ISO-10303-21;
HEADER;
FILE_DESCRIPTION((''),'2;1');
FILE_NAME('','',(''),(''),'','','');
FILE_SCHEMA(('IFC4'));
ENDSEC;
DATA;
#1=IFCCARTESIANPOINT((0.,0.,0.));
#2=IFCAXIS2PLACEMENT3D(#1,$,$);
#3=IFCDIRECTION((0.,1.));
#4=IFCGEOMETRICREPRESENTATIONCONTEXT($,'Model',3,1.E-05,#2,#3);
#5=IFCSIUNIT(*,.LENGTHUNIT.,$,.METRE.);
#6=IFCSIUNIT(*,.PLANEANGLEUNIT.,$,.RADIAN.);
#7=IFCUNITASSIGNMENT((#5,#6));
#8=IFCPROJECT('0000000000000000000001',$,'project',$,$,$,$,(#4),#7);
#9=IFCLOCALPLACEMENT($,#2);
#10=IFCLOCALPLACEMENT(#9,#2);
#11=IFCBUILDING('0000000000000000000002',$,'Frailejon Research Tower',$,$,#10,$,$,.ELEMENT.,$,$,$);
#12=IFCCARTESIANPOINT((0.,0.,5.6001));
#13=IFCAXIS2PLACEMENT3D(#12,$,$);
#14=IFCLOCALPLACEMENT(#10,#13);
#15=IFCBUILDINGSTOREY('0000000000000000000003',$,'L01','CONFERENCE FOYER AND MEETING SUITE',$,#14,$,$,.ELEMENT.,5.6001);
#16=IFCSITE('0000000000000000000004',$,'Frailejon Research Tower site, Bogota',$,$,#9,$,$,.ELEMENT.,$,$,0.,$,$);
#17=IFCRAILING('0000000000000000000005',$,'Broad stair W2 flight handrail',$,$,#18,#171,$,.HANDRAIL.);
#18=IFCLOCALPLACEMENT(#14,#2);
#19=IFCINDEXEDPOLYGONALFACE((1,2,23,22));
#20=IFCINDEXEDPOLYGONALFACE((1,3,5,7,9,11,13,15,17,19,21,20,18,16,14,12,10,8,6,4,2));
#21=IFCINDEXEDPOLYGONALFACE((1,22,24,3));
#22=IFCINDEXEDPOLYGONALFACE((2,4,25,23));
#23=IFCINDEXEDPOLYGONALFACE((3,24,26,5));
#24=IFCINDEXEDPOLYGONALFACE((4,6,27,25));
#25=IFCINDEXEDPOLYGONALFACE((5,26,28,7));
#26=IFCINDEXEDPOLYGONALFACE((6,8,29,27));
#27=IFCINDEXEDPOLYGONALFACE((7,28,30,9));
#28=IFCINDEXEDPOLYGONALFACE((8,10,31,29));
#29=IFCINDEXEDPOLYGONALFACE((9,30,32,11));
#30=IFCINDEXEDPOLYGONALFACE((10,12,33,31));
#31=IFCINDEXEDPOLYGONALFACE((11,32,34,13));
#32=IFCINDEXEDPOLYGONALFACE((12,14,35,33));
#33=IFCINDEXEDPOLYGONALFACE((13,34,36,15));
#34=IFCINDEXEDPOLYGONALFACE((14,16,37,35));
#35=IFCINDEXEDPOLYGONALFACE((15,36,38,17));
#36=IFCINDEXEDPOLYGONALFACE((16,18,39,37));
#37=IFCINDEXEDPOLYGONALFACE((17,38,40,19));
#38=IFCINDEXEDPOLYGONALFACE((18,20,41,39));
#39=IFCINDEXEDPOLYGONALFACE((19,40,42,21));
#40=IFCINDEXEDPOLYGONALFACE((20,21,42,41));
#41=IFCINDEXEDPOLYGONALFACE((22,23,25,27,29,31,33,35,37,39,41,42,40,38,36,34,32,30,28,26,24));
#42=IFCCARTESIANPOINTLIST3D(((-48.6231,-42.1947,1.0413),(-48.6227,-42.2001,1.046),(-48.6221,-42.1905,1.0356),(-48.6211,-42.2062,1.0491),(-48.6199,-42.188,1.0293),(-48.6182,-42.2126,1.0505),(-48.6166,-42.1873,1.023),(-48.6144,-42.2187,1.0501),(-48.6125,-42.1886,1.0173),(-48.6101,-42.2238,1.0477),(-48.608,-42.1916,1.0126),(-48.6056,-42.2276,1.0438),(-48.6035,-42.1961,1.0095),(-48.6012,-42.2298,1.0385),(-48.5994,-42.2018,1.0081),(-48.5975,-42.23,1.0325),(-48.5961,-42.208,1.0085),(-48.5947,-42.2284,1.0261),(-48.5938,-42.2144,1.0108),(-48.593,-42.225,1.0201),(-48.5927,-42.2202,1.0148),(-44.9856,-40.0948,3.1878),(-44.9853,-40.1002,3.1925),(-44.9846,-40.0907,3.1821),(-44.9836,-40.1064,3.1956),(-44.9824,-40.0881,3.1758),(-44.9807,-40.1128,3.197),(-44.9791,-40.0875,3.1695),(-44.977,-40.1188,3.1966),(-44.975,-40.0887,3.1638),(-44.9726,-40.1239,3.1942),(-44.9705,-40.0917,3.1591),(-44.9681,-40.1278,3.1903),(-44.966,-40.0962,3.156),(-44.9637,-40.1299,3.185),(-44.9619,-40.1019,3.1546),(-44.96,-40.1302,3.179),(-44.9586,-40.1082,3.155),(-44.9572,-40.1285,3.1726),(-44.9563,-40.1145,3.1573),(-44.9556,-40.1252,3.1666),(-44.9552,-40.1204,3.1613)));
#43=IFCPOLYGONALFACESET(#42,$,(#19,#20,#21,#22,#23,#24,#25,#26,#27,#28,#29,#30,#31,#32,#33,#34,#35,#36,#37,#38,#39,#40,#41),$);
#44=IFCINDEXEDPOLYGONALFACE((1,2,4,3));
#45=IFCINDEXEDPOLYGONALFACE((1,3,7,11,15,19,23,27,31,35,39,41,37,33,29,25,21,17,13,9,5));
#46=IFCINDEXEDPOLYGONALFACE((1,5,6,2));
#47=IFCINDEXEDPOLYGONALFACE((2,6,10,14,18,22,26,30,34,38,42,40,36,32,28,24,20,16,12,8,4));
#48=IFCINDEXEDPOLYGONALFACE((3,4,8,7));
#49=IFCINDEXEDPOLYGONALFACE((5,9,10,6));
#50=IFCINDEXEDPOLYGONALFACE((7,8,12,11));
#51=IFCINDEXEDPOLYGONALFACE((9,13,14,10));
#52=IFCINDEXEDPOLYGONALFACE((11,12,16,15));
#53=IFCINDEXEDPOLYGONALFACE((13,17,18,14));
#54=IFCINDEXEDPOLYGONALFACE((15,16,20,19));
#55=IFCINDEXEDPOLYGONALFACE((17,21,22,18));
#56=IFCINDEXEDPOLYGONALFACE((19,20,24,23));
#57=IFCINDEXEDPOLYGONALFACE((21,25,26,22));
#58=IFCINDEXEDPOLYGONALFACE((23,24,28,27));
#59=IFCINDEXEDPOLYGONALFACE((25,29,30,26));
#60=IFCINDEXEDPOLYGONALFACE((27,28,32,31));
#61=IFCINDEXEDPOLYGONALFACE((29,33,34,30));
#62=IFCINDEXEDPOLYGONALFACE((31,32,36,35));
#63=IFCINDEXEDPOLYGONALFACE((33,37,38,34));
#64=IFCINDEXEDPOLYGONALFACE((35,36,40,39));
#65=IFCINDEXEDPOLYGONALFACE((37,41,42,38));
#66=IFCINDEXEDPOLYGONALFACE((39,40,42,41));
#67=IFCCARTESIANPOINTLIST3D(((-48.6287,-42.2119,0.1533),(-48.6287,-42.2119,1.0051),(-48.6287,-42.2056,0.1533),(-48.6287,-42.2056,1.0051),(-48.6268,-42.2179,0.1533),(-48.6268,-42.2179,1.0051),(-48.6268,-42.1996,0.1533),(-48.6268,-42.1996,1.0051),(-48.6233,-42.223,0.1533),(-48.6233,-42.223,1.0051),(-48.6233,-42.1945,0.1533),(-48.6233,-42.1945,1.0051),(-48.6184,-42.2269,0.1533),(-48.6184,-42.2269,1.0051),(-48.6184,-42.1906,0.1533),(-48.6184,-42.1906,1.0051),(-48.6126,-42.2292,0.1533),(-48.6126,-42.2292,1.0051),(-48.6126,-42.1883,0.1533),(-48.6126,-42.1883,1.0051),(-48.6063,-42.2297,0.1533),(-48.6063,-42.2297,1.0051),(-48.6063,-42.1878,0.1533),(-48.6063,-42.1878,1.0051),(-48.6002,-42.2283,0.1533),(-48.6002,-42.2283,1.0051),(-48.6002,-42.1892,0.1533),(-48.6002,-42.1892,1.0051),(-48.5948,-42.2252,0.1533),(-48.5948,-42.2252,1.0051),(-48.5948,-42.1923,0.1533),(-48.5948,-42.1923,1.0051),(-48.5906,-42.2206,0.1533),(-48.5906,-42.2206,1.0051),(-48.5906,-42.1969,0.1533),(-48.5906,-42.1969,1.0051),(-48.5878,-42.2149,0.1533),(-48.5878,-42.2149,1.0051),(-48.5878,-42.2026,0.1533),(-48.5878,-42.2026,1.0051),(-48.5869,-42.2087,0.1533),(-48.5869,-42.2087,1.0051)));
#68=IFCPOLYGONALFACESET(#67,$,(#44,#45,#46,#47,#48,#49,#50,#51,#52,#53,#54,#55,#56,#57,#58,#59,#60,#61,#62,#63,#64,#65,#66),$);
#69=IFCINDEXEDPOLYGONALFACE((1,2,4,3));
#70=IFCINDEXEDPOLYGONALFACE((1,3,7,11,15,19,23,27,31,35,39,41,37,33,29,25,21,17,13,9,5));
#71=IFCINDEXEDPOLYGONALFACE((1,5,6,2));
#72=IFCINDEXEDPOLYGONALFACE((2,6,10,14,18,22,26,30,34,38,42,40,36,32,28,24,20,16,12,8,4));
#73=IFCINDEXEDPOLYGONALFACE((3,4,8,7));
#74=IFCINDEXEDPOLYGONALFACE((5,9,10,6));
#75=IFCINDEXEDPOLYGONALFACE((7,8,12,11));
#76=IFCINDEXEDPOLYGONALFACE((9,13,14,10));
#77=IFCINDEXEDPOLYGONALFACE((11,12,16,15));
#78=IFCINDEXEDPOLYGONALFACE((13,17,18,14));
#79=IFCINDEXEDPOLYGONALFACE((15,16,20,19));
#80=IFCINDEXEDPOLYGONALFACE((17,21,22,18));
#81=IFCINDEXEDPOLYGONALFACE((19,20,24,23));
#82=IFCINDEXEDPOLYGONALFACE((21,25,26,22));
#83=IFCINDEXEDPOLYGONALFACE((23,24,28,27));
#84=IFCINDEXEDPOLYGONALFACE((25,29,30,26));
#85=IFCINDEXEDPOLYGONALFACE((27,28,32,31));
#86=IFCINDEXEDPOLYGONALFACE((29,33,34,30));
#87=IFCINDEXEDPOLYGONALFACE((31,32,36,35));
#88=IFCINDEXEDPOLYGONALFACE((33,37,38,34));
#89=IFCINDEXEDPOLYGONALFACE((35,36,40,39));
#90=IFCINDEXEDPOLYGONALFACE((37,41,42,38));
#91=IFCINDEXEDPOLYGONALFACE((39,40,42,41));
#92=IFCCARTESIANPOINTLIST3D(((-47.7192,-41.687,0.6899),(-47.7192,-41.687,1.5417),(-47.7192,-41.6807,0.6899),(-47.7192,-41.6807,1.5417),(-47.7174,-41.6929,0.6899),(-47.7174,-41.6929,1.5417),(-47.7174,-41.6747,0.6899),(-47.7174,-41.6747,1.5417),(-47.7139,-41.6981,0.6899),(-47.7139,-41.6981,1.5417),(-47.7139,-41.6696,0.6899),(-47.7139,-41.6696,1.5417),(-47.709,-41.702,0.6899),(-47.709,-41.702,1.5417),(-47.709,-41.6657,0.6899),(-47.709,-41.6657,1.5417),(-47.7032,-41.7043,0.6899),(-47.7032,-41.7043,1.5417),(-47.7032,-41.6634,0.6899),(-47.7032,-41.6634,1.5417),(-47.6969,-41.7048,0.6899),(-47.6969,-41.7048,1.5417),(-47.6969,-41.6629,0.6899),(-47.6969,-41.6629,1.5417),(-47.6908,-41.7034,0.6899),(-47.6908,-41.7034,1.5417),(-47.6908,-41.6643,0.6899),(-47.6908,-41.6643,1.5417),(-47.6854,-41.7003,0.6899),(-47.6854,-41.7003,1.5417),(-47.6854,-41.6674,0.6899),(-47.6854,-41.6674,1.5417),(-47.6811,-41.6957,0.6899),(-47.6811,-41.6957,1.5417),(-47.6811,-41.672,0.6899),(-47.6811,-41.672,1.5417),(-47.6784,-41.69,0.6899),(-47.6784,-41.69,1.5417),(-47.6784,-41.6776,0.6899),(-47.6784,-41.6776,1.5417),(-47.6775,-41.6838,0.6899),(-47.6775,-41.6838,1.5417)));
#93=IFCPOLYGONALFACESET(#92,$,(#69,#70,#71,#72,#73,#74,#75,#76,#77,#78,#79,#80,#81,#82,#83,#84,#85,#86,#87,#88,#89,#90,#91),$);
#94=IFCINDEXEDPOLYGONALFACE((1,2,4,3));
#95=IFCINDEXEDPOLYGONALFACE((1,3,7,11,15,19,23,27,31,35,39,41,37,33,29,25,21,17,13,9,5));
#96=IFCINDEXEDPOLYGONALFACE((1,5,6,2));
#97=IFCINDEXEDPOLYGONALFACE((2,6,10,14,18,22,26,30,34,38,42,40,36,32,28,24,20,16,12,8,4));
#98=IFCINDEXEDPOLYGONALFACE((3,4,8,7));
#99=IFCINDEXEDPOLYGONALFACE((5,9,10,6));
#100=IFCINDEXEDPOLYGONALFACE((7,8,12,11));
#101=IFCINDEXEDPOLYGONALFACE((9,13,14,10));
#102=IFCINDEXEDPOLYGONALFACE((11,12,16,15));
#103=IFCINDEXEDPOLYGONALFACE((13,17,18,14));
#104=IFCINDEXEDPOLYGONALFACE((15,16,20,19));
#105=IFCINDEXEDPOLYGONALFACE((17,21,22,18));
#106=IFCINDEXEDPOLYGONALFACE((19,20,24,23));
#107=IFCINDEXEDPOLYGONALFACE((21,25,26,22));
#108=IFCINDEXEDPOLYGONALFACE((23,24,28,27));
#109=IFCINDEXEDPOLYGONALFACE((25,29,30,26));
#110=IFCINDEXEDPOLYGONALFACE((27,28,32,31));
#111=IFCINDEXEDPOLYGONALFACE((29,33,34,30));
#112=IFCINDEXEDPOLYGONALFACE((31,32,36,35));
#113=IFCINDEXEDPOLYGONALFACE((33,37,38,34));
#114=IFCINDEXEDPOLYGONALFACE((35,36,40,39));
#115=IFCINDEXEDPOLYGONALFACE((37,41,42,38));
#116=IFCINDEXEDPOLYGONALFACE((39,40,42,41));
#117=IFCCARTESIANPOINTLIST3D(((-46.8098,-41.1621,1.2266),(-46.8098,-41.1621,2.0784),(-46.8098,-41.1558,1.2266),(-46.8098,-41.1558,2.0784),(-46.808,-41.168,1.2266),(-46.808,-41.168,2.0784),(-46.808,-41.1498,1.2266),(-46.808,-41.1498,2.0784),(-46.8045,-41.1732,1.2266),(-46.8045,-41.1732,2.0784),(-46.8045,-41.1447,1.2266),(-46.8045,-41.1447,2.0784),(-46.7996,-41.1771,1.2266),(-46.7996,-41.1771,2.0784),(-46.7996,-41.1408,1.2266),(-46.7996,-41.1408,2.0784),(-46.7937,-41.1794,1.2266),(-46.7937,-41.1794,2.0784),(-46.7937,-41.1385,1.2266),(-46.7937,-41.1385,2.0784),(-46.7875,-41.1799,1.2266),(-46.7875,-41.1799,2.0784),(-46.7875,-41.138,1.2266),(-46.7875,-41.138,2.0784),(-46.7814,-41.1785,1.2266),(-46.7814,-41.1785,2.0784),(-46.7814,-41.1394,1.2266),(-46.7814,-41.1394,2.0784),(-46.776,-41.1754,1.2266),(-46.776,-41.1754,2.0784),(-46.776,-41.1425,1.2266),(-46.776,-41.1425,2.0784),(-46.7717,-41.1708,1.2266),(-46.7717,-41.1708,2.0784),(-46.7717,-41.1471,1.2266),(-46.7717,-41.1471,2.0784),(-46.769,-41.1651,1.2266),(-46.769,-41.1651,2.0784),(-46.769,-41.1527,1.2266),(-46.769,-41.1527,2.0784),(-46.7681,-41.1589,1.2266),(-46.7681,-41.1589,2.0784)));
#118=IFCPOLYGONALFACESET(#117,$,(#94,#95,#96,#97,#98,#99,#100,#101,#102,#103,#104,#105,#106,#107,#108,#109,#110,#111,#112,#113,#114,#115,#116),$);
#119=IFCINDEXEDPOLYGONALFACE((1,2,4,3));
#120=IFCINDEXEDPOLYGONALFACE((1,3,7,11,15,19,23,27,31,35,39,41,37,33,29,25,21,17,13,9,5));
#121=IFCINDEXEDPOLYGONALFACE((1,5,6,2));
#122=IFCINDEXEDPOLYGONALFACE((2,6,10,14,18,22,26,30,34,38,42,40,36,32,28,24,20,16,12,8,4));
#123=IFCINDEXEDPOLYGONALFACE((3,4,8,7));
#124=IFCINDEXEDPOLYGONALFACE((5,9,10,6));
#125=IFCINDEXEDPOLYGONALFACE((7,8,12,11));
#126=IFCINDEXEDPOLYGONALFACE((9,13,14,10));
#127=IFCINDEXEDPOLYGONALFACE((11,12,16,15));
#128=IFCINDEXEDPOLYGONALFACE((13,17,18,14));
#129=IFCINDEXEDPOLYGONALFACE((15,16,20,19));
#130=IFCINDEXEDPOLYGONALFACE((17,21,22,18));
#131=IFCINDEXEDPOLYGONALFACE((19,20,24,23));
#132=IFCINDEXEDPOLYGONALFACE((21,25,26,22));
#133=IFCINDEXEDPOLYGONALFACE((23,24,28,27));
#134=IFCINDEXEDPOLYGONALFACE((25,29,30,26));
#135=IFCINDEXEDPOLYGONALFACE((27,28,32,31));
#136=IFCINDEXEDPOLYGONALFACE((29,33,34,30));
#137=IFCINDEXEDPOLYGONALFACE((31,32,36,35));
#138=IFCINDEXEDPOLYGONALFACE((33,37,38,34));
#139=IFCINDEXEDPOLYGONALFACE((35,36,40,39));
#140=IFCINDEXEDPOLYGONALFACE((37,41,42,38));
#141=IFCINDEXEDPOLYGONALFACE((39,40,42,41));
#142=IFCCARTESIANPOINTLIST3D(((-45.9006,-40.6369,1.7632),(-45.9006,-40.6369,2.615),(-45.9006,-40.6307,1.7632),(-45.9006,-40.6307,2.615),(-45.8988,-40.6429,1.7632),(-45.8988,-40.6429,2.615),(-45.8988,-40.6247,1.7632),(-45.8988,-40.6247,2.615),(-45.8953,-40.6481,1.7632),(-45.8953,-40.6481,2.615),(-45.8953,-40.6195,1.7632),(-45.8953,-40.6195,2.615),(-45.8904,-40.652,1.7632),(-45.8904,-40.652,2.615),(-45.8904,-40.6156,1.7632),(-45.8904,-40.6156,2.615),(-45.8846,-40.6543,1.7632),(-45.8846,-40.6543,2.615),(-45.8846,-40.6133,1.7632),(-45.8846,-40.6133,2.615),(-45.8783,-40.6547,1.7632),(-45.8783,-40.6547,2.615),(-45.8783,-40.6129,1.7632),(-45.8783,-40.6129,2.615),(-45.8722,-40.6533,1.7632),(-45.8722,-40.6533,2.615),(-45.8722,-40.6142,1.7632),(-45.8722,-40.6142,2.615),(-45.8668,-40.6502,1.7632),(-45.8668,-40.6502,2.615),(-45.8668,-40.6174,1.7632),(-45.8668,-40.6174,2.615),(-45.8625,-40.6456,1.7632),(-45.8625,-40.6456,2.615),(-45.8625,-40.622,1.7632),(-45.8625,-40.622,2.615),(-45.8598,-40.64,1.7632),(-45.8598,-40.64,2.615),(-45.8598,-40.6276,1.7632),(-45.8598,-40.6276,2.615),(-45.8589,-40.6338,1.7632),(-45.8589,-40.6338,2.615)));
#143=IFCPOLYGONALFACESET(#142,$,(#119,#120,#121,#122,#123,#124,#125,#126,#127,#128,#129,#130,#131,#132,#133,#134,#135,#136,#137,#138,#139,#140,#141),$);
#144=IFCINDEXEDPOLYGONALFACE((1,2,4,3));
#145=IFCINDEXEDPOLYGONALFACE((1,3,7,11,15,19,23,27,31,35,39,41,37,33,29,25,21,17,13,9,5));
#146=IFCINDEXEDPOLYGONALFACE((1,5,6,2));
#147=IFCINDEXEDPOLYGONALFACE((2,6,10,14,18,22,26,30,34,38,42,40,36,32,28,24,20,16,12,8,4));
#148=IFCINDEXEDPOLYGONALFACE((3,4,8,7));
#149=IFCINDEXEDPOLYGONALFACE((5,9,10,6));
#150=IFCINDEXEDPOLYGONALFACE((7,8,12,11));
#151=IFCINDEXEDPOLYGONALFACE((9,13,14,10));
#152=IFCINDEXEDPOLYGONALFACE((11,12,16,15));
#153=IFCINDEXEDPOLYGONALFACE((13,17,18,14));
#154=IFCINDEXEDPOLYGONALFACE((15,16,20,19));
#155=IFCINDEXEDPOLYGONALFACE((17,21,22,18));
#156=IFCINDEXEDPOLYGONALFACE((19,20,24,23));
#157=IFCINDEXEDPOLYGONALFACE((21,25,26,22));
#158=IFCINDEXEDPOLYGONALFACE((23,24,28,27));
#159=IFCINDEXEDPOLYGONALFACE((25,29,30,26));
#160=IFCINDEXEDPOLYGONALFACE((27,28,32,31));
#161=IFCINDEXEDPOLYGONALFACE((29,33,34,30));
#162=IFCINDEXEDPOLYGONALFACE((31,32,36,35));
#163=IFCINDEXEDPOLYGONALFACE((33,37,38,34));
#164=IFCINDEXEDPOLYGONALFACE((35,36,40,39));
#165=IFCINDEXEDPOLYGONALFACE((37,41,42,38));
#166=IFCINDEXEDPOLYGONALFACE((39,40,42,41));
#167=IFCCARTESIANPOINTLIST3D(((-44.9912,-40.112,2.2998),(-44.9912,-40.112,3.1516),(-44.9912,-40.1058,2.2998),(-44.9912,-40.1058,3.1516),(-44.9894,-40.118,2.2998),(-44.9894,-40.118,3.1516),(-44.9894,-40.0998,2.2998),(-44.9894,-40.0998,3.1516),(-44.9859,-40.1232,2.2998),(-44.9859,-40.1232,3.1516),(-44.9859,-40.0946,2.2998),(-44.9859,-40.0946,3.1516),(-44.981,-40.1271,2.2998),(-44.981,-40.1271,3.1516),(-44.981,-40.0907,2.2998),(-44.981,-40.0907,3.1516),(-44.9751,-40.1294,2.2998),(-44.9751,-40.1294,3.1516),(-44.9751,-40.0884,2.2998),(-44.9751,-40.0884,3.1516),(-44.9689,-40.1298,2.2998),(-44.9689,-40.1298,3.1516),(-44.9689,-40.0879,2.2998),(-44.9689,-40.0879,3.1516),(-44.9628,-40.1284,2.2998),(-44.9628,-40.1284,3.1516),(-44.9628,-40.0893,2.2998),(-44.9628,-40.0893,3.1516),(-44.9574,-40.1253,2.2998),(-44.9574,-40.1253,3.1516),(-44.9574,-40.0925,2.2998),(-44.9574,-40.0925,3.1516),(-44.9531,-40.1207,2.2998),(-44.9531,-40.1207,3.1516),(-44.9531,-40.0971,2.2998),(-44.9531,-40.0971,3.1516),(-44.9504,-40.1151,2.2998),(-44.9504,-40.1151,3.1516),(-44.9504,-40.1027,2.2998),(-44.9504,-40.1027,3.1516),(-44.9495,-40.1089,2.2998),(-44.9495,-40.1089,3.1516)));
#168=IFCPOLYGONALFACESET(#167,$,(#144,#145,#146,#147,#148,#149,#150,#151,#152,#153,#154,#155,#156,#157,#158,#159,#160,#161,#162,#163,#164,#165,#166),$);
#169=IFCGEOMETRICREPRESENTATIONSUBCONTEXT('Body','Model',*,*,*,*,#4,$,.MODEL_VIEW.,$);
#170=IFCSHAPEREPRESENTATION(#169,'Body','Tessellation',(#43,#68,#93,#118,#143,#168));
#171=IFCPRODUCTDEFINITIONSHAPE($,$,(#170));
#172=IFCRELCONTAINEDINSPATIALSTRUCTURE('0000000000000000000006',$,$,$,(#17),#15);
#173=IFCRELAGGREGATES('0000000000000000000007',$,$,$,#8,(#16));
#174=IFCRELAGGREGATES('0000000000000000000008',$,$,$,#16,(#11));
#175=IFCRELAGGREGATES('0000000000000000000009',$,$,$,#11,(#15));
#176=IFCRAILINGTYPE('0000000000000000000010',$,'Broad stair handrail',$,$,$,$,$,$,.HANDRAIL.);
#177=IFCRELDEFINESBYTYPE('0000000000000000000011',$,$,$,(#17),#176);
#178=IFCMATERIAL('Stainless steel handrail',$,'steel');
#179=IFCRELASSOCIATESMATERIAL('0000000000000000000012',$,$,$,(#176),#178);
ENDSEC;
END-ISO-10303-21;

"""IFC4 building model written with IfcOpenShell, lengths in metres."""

from ifc_helpers import new_model, si_unit, direction, frame, origin, origin_2d, place, context, subcontext, project, spatial, circle, extrude, material, type_object, element, save


model = new_model("IFC4")

# Units and contexts
model_context = context("Model", 3, precision=1e-05, world=origin(), true_north=direction((0.0, 1.0)))
body_context = subcontext(model_context, "Body", "Model", "MODEL_VIEW")
ifc_project = project(units=[si_unit("LENGTHUNIT", "METRE"), si_unit("PLANEANGLEUNIT", "RADIAN")], contexts=[model_context])

# Site, building, storey
site_placement = place(None, origin())
site = spatial("IfcSite", under=ifc_project, at=site_placement, Name="Frailejon Research Tower site, Bogota", CompositionType="ELEMENT", RefElevation=0.0)
building_placement = place(site_placement, origin())
building = spatial("IfcBuilding", under=site, at=building_placement, Name="Frailejon Research Tower", CompositionType="ELEMENT")
storey_placement = place(building_placement, frame((0.0, 0.0, 5.6001)))
storey = spatial("IfcBuildingStorey", under=building, at=storey_placement, Name="L01", Description="CONFERENCE FOYER AND MEETING SUITE", CompositionType="ELEMENT", Elevation=5.6001)

# Railing
ifc_material_1 = material(Name="Stainless steel handrail", Category="steel")
railing_type_1 = type_object("IfcRailingType", Name="Broad stair handrail", PredefinedType="HANDRAIL", material=ifc_material_1)
railing_1_placement = place(storey_placement, frame((-48.6079, -42.2087, 0.1533)))
element("IfcRailing", 1, at=railing_1_placement, inside=storey, type_object=railing_type_1, Name="Broad stair W2 flight handrail", PredefinedType="HANDRAIL", context=body_context, shape_type="SweptSolid", body=[
    extrude(circle(Radius=0.0239, at=origin_2d()), frame((0.0, 0.0, 0.876), z_axis=(0.771176, 0.44519, 0.455076), x_axis=(-0.499959, 0.866049, 0.0)), (0.0, 0.0, 1.0), 4.7168),
    extrude(circle(Radius=0.021, at=origin_2d()), origin(), (0.0, 0.0, 1.0), 0.8518),
    extrude(circle(Radius=0.021, at=origin_2d()), frame((0.9094, 0.5249, 0.5366)), (0.0, 0.0, 1.0), 0.8518),
    extrude(circle(Radius=0.021, at=origin_2d()), frame((1.8188, 1.0498, 1.0732)), (0.0, 0.0, 1.0), 0.8518),
    extrude(circle(Radius=0.021, at=origin_2d()), frame((2.728, 1.575, 1.6099)), (0.0, 0.0, 1.0), 0.8518),
    extrude(circle(Radius=0.021, at=origin_2d()), frame((3.6375, 2.0999, 2.1465)), (0.0, 0.0, 1.0), 0.8518),
])

save(model, "model.ifc")
